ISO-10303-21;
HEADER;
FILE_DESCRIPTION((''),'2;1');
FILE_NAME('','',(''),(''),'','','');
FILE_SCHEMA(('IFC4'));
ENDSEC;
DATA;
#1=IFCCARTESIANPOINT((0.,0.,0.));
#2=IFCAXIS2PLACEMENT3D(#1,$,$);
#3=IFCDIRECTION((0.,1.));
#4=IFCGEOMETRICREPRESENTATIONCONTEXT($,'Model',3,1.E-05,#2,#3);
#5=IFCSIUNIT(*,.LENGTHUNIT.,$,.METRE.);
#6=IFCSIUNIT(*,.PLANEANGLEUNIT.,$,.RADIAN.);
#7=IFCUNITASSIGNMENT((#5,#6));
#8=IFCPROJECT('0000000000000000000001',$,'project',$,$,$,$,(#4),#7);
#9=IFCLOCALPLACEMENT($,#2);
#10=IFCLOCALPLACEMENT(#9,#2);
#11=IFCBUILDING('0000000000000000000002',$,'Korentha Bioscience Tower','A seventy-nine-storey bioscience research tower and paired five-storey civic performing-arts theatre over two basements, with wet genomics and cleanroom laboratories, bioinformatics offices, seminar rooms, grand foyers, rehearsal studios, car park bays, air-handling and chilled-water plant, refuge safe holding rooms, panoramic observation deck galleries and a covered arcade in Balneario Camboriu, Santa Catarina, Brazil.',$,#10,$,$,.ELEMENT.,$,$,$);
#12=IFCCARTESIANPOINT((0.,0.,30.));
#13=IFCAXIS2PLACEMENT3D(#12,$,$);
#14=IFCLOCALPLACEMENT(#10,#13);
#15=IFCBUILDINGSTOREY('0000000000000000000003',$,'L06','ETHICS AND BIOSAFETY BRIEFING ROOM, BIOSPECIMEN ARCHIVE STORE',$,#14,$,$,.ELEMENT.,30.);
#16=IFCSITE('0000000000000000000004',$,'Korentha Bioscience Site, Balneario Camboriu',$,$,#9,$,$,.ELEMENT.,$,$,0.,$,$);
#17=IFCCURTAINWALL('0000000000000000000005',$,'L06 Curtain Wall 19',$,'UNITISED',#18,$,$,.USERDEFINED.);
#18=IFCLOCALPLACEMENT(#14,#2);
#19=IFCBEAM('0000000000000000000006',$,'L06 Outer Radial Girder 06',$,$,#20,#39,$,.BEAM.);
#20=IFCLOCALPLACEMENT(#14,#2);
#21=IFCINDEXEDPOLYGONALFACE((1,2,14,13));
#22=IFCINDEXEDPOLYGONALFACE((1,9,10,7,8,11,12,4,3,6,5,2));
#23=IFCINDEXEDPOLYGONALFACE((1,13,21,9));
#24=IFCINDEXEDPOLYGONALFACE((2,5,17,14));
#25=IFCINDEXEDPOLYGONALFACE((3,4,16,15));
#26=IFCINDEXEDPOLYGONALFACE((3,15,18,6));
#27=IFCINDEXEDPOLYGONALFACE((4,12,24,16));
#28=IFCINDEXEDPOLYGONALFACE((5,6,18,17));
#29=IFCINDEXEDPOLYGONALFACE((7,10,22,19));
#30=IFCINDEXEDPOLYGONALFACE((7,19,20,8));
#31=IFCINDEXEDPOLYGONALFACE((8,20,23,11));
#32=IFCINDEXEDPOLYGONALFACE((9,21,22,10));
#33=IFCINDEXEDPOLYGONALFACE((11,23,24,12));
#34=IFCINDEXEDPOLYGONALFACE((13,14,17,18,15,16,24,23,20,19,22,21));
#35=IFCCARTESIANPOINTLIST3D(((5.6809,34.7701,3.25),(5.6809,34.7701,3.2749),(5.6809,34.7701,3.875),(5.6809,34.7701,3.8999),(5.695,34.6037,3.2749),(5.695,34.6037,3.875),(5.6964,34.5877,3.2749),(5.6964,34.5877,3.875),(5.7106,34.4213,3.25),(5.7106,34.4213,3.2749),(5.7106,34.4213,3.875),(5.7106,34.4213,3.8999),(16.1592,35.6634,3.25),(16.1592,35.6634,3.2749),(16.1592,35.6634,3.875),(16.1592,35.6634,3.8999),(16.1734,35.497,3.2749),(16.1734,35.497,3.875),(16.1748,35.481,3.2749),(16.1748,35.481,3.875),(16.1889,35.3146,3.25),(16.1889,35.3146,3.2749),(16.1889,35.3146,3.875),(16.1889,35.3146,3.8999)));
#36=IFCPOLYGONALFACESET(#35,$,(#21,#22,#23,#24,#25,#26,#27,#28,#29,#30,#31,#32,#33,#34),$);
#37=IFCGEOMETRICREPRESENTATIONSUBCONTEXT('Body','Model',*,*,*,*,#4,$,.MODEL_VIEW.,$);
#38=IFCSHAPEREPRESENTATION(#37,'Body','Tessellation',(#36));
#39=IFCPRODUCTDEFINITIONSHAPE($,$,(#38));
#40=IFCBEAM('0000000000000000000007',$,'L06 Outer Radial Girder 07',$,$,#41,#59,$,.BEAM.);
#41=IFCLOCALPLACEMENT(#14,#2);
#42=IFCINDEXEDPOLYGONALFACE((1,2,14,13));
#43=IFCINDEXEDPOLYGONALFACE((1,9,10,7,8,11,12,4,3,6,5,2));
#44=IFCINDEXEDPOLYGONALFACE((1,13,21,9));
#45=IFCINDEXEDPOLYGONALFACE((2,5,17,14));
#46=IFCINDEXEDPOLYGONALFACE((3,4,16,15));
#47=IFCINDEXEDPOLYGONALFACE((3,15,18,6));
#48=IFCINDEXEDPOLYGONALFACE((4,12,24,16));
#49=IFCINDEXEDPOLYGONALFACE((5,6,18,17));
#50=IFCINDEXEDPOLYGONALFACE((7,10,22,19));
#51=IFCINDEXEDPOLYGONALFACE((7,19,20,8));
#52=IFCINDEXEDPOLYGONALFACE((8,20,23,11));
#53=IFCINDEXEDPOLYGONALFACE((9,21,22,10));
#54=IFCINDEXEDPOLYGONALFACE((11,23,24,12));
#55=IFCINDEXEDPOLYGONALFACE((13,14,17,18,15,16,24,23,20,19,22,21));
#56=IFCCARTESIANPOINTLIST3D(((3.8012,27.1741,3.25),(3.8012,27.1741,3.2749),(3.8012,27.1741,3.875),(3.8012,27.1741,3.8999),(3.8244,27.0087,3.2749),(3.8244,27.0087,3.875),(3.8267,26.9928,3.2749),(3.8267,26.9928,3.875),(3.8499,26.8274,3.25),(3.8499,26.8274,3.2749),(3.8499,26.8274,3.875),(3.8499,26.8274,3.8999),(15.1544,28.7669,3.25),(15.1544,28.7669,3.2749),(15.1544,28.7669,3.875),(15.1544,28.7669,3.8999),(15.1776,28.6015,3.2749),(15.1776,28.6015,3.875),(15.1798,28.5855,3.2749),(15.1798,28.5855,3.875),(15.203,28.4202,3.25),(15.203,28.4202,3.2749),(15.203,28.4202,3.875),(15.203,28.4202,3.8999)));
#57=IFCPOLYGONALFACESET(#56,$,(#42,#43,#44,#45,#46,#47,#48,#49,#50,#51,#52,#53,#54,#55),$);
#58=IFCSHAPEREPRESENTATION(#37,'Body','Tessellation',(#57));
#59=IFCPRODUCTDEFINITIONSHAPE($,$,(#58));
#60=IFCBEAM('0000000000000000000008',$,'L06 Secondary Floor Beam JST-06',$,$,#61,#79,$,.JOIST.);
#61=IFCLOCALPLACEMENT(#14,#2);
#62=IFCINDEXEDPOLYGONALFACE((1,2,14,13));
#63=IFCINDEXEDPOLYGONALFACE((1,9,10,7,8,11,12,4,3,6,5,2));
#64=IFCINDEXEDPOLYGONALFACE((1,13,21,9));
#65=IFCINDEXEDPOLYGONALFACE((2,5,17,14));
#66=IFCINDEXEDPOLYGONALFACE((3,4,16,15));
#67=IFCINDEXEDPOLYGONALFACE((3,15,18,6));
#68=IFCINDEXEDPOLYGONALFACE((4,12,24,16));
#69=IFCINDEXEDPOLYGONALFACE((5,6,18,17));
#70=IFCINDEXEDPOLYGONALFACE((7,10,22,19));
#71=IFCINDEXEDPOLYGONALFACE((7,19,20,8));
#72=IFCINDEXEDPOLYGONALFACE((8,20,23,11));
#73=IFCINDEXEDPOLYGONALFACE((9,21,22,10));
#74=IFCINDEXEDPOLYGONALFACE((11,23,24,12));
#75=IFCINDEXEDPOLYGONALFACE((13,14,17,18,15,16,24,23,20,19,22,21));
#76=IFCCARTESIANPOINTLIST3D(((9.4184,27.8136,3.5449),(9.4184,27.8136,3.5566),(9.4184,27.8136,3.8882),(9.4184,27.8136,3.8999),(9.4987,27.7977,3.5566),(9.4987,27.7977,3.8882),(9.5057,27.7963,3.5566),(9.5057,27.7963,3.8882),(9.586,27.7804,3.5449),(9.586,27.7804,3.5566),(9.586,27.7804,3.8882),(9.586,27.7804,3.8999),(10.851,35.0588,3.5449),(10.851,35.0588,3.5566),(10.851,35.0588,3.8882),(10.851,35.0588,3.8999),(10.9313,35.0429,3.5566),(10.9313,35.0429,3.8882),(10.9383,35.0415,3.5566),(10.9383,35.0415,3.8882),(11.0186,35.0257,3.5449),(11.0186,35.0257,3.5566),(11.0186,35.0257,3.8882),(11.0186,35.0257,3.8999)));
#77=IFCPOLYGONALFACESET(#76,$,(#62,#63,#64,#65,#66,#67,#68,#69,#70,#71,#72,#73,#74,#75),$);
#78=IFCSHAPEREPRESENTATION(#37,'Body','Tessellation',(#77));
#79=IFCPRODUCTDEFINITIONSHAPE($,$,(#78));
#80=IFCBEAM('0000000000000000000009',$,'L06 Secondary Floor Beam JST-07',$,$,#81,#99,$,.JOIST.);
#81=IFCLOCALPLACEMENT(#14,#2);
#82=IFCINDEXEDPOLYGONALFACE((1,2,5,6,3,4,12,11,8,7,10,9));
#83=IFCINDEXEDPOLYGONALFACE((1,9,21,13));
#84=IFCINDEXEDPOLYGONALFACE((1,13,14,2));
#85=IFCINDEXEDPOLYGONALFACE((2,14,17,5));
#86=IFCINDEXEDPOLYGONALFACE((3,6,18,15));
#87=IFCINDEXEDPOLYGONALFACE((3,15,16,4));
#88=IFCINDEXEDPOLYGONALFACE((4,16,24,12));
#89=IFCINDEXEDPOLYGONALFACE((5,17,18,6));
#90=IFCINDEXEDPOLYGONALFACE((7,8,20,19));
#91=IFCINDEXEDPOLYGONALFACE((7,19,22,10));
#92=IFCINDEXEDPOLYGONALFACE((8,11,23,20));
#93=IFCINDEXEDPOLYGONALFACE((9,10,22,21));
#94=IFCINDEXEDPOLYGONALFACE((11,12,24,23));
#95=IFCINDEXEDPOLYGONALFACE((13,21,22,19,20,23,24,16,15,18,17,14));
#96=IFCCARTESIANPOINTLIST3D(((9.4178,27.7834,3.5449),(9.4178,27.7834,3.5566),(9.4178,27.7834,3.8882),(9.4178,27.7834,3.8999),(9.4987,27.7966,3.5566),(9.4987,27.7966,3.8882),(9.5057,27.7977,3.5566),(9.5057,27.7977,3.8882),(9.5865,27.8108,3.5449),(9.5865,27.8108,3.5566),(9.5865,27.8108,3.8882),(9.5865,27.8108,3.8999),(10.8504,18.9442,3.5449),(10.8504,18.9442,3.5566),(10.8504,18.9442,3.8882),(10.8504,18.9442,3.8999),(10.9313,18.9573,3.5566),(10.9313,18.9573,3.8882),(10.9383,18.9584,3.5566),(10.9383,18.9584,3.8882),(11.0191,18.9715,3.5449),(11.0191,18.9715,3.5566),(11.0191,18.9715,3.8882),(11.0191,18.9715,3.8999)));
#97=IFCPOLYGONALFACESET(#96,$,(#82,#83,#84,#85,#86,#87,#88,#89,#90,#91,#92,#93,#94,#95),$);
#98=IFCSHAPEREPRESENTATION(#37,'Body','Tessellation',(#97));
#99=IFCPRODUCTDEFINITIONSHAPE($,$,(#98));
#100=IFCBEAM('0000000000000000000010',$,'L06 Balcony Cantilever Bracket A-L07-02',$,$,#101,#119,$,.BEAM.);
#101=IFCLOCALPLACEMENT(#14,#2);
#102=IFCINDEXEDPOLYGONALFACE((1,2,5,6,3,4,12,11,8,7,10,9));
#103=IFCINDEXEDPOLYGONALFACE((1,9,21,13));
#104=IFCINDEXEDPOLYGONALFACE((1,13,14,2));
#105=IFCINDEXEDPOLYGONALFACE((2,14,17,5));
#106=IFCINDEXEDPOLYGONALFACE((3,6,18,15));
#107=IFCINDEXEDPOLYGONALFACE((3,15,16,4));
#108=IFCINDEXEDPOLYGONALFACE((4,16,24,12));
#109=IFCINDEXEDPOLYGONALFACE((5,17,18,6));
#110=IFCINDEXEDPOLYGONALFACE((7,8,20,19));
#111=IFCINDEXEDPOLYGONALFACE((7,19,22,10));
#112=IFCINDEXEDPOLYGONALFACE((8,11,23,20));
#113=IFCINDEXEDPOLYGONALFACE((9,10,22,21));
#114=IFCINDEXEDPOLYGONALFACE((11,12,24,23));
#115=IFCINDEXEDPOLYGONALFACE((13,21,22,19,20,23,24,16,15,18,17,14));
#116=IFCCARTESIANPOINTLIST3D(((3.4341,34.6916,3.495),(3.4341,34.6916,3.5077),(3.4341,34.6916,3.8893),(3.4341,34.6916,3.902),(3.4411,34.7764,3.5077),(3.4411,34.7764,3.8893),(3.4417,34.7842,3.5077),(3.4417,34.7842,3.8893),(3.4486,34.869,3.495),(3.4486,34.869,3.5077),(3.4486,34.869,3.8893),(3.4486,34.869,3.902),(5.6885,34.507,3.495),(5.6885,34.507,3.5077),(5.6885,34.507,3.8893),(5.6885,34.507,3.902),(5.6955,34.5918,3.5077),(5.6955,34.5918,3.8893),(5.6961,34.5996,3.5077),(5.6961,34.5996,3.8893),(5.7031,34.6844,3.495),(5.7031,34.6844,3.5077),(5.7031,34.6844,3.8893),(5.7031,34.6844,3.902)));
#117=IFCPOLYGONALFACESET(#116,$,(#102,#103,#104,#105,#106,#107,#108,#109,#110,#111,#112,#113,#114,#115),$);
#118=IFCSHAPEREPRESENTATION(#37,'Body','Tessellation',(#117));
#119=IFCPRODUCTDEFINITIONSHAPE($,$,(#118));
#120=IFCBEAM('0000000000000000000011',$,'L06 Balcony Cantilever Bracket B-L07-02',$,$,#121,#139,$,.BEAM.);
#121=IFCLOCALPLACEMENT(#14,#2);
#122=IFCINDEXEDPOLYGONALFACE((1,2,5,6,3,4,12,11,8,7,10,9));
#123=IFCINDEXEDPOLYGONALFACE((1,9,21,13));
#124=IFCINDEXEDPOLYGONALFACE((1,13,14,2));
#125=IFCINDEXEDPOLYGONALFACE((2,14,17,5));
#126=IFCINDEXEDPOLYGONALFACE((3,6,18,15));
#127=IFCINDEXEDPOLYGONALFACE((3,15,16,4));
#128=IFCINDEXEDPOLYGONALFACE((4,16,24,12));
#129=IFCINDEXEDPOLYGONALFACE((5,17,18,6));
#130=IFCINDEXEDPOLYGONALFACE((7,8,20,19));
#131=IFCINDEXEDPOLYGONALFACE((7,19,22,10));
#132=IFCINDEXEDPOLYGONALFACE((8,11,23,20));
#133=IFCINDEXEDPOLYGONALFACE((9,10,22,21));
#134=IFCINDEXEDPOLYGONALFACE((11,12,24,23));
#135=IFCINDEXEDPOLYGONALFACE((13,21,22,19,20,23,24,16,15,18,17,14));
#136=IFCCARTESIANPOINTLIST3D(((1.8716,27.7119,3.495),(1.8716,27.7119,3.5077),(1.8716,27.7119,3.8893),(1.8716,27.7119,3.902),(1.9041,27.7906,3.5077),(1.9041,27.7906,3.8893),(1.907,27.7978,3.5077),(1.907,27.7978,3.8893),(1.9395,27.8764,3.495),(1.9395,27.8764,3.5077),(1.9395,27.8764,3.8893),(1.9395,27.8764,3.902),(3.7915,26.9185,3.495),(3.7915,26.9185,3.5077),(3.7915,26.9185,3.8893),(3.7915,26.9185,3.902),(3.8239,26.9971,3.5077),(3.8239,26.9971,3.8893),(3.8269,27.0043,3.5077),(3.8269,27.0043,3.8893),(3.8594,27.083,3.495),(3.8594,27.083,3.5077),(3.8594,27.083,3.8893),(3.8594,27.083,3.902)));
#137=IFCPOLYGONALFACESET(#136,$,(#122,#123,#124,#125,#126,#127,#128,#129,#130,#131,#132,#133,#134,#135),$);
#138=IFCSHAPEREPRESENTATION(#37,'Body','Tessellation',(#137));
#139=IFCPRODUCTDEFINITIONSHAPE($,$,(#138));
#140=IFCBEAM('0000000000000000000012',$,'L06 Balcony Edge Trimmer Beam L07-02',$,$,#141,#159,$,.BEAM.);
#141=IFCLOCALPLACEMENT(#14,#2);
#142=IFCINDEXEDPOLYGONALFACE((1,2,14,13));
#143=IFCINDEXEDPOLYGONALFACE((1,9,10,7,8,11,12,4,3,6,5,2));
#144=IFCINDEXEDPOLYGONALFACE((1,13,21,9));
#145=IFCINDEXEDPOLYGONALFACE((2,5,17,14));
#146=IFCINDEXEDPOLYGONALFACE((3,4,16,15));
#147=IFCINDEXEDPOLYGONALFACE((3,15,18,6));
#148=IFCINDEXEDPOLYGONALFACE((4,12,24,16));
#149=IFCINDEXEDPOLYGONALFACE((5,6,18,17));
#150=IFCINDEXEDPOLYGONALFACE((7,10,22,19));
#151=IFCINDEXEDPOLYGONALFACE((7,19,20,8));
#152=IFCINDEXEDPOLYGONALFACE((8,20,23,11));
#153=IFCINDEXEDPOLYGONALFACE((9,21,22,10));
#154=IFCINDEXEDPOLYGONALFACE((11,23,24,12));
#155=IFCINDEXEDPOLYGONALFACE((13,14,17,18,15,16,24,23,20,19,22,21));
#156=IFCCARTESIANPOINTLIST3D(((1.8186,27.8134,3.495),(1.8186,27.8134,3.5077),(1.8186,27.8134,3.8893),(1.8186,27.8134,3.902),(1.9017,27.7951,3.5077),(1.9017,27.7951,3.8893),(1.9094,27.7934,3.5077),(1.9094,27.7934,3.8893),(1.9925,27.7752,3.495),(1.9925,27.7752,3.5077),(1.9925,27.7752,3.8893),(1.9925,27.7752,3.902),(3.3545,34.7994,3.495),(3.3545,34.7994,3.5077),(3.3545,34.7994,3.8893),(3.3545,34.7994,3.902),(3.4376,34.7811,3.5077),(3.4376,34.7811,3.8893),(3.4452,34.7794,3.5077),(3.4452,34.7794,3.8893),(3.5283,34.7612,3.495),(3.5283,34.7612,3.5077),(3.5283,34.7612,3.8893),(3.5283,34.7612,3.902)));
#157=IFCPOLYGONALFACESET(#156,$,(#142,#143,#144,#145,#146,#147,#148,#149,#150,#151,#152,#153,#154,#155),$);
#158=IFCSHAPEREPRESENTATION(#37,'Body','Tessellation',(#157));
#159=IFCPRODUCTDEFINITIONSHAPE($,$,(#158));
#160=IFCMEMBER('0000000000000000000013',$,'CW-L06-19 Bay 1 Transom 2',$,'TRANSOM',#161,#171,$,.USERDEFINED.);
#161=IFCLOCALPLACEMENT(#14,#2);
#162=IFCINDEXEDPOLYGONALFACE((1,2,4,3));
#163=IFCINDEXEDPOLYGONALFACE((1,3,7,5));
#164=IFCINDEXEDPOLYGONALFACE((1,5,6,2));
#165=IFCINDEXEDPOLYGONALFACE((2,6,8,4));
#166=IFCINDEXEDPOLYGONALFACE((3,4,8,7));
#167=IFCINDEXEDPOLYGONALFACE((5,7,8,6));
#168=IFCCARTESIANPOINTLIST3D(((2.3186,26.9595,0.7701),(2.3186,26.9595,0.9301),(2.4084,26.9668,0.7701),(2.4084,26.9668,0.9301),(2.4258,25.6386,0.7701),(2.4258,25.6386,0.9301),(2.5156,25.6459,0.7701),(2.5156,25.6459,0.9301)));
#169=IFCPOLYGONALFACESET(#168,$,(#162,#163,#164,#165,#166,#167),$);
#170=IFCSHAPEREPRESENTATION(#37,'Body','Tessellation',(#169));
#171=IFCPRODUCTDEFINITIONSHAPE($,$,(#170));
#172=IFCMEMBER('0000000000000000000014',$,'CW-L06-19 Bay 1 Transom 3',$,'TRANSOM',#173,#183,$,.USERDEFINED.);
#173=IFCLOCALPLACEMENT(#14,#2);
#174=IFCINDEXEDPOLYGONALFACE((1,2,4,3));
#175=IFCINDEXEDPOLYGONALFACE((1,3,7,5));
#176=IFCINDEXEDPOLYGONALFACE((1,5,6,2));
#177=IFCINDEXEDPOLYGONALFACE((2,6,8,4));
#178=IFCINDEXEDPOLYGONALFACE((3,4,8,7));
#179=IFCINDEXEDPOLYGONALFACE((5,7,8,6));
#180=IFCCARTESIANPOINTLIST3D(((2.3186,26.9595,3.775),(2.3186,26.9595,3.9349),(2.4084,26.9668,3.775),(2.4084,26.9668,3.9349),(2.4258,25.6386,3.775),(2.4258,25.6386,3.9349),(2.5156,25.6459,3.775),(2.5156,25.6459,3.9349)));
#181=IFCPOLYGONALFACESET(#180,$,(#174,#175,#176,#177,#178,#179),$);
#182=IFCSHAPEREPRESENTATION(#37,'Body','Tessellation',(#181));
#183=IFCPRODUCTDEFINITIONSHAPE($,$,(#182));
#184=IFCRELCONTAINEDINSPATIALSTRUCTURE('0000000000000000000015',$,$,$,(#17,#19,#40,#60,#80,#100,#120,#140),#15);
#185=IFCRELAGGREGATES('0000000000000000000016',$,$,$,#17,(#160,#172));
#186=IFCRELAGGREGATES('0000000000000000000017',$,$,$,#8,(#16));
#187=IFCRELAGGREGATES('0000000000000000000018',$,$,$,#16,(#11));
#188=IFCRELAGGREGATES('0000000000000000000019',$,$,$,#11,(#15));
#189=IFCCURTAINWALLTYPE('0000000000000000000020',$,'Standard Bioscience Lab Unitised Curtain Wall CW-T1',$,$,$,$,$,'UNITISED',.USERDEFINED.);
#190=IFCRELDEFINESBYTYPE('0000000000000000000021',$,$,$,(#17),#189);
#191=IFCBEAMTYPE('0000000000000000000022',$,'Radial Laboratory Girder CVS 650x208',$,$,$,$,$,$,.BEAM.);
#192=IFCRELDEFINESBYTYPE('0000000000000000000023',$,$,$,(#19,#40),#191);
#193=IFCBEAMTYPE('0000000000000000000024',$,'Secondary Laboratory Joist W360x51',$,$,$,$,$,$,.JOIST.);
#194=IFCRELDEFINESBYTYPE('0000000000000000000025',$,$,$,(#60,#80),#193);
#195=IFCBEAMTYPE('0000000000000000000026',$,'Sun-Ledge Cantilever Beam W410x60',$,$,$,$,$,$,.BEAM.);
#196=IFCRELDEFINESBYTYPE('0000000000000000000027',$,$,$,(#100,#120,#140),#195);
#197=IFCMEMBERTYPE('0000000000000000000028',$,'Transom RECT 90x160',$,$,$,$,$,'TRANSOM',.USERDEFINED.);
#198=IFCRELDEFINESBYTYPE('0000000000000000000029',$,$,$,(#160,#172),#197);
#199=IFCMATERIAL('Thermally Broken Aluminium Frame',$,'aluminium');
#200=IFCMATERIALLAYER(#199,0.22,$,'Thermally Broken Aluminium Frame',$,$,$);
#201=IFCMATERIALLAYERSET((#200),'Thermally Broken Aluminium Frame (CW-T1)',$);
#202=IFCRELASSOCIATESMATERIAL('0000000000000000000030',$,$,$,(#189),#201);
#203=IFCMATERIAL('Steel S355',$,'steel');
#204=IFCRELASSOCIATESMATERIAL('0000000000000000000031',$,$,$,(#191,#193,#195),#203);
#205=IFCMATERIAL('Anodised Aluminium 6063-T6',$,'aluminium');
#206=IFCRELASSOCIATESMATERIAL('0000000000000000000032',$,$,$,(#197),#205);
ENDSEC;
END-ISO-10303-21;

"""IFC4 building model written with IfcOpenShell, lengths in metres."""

from ifc_helpers import new_model, si_unit, direction, frame, origin, origin_2d, place, context, subcontext, project, spatial, rectangle, i_section, extrude, material, layer, layer_set, material_profile, profile_set, type_object, element, aggregate, save


model = new_model("IFC4")

# Units and contexts
model_context = context("Model", 3, precision=1e-05, world=origin(), true_north=direction((0.0, 1.0)))
body_context = subcontext(model_context, "Body", "Model", "MODEL_VIEW")
ifc_project = project(units=[si_unit("LENGTHUNIT", "METRE"), si_unit("PLANEANGLEUNIT", "RADIAN")], contexts=[model_context])

# Site, building, storey
site_placement = place(None, origin())
site = spatial("IfcSite", under=ifc_project, at=site_placement, Name="Korentha Bioscience Site, Balneario Camboriu", CompositionType="ELEMENT", RefElevation=0.0)
building_placement = place(site_placement, origin())
building = spatial("IfcBuilding", under=site, at=building_placement, Name="Korentha Bioscience Tower", Description="A seventy-nine-storey bioscience research tower and paired five-storey civic performing-arts theatre over two basements, with wet genomics and cleanroom laboratories, bioinformatics offices, seminar rooms, grand foyers, rehearsal studios, car park bays, air-handling and chilled-water plant, refuge safe holding rooms, panoramic observation deck galleries and a covered arcade in Balneario Camboriu, Santa Catarina, Brazil.", CompositionType="ELEMENT")
storey_placement = place(building_placement, frame((0.0, 0.0, 30.0)))
storey = spatial("IfcBuildingStorey", under=building, at=storey_placement, Name="L06", Description="ETHICS AND BIOSAFETY BRIEFING ROOM, BIOSPECIMEN ARCHIVE STORE", CompositionType="ELEMENT", Elevation=30.0)

# Shared definitions
ifc_material_1 = material(Name="Steel S355", Category="steel")

# Curtain wall
ifc_material_2 = material(Name="Thermally Broken Aluminium Frame", Category="aluminium")
ifc_layer_1 = layer(ifc_material_2, 0.22, Name="Thermally Broken Aluminium Frame")
ifc_layer_set_1 = layer_set([ifc_layer_1], Name="Thermally Broken Aluminium Frame (CW-T1)")
curtain_wall_type = type_object("IfcCurtainWallType", Name="Standard Bioscience Lab Unitised Curtain Wall CW-T1", ElementType="UNITISED", PredefinedType="USERDEFINED", material=ifc_layer_set_1)
curtain_wall_placement = place(storey_placement, origin())
curtain_wall = element("IfcCurtainWall", 1, at=curtain_wall_placement, inside=storey, type_object=curtain_wall_type, Name="L06 Curtain Wall 19", ObjectType="UNITISED", PredefinedType="USERDEFINED")
ifc_material_3 = material(Name="Anodised Aluminium 6063-T6", Category="aluminium")

# Beams
ifc_material_profile_1 = material_profile(ifc_material_1, i_section(OverallWidth=0.3501, OverallDepth=0.6499, WebThickness=0.0161, FlangeThickness=0.0249, at=origin_2d()), Name="Steel S355")
ifc_profile_set_1 = profile_set([ifc_material_profile_1], Name="Steel S355 (RB-650)")
beam_type_1 = type_object("IfcBeamType", Name="Radial Laboratory Girder CVS 650x208", PredefinedType="BEAM", material=ifc_profile_set_1)
beam_1_placement = place(storey_placement, frame((16.1741, 35.489, 3.575), z_axis=(-0.996386, -0.084945, 0.0), x_axis=(0.084945, -0.996386, 0.0)))
element("IfcBeam", 2, at=beam_1_placement, inside=storey, type_object=beam_type_1, Name="L06 Outer Radial Girder 06", PredefinedType="BEAM", context=body_context, shape_type="SweptSolid", body=[
    extrude(i_section(OverallWidth=0.3501, OverallDepth=0.6499, WebThickness=0.0161, FlangeThickness=0.0249, at=origin_2d()), origin(), (0.0, 0.0, 1.0), 10.5164),
])
beam_2_placement = place(storey_placement, frame((15.1787, 28.5935, 3.575), z_axis=(-0.990302, -0.138931, 0.0), x_axis=(0.138931, -0.990302, 0.0)))
element("IfcBeam", 3, at=beam_2_placement, inside=storey, type_object=beam_type_1, Name="L06 Outer Radial Girder 07", PredefinedType="BEAM", context=body_context, shape_type="SweptSolid", body=[
    extrude(i_section(OverallWidth=0.3501, OverallDepth=0.6499, WebThickness=0.0161, FlangeThickness=0.0249, at=origin_2d()), origin(), (0.0, 0.0, 1.0), 11.4644),
])
ifc_material_profile_2 = material_profile(ifc_material_1, i_section(OverallWidth=0.1709, OverallDepth=0.355, WebThickness=0.0071, FlangeThickness=0.0117, at=origin_2d()), Name="Steel S355")
ifc_profile_set_2 = profile_set([ifc_material_profile_2], Name="Steel S355 (JB-360)")
beam_type_2 = type_object("IfcBeamType", Name="Secondary Laboratory Joist W360x51", PredefinedType="JOIST", material=ifc_profile_set_2)
beam_3_placement = place(storey_placement, frame((10.9348, 35.0422, 3.7224), z_axis=(-0.19398, -0.981006, 0.0), x_axis=(0.981006, -0.19398, 0.0)))
element("IfcBeam", 4, at=beam_3_placement, inside=storey, type_object=beam_type_2, Name="L06 Secondary Floor Beam JST-06", PredefinedType="JOIST", context=body_context, shape_type="SweptSolid", body=[
    extrude(i_section(OverallWidth=0.1709, OverallDepth=0.355, WebThickness=0.0071, FlangeThickness=0.0117, at=origin_2d()), origin(), (0.0, 0.0, 1.0), 7.3855),
])
beam_4_placement = place(storey_placement, frame((9.5022, 27.7971, 3.7224), z_axis=(0.159985, -0.987119, 0.0), x_axis=(0.987119, 0.159985, 0.0)))
element("IfcBeam", 5, at=beam_4_placement, inside=storey, type_object=beam_type_2, Name="L06 Secondary Floor Beam JST-07", PredefinedType="JOIST", context=body_context, shape_type="SweptSolid", body=[
    extrude(i_section(OverallWidth=0.1709, OverallDepth=0.355, WebThickness=0.0071, FlangeThickness=0.0117, at=origin_2d()), origin(), (0.0, 0.0, 1.0), 8.9546),
])
ifc_material_profile_3 = material_profile(ifc_material_1, i_section(OverallWidth=0.178, OverallDepth=0.407, WebThickness=0.0078, FlangeThickness=0.0127, at=origin_2d()), Name="Steel S355")
ifc_profile_set_3 = profile_set([ifc_material_profile_3], Name="Steel S355 (CB-410)")
beam_type_3 = type_object("IfcBeamType", Name="Sun-Ledge Cantilever Beam W410x60", PredefinedType="BEAM", material=ifc_profile_set_3)
beam_5_placement = place(storey_placement, frame((5.6958, 34.5957, 3.6985), z_axis=(-0.996665, 0.081598, 0.0), x_axis=(-0.081598, -0.996665, 0.0)))
element("IfcBeam", 6, at=beam_5_placement, inside=storey, type_object=beam_type_3, Name="L06 Balcony Cantilever Bracket A-L07-02", PredefinedType="BEAM", context=body_context, shape_type="SweptSolid", body=[
    extrude(i_section(OverallWidth=0.178, OverallDepth=0.407, WebThickness=0.0078, FlangeThickness=0.0127, at=origin_2d()), origin(), (0.0, 0.0, 1.0), 2.262),
])
beam_6_placement = place(storey_placement, frame((3.8254, 27.0007, 3.6985), z_axis=(-0.924186, 0.381943, 0.0), x_axis=(-0.381943, -0.924186, 0.0)))
element("IfcBeam", 7, at=beam_6_placement, inside=storey, type_object=beam_type_3, Name="L06 Balcony Cantilever Bracket B-L07-02", PredefinedType="BEAM", context=body_context, shape_type="SweptSolid", body=[
    extrude(i_section(OverallWidth=0.178, OverallDepth=0.407, WebThickness=0.0078, FlangeThickness=0.0127, at=origin_2d()), origin(), (0.0, 0.0, 1.0), 2.0774),
])
beam_7_placement = place(storey_placement, frame((3.4414, 34.7803, 3.6985), z_axis=(-0.214722, -0.976675, 0.0), x_axis=(0.976675, -0.214722, 0.0)))
element("IfcBeam", 8, at=beam_7_placement, inside=storey, type_object=beam_type_3, Name="L06 Balcony Edge Trimmer Beam L07-02", PredefinedType="BEAM", context=body_context, shape_type="SweptSolid", body=[
    extrude(i_section(OverallWidth=0.178, OverallDepth=0.407, WebThickness=0.0078, FlangeThickness=0.0127, at=origin_2d()), origin(), (0.0, 0.0, 1.0), 7.1528),
])

# Members
ifc_material_profile_4 = material_profile(ifc_material_3, rectangle(XDim=0.0901, YDim=0.1599, at=origin_2d()), Name="Anodised Aluminium 6063-T6")
ifc_profile_set_4 = profile_set([ifc_material_profile_4], Name="Anodised Aluminium 6063-T6 (CW-TRN)")
member_type_1 = type_object("IfcMemberType", Name="Transom RECT 90x160", ElementType="TRANSOM", PredefinedType="USERDEFINED", material=ifc_profile_set_4)
member_1_placement = place(storey_placement, frame((2.3635, 26.9631, 0.8501), z_axis=(0.08088, -0.996724, 0.0), x_axis=(0.996724, 0.08088, 0.0)))
member_1 = element("IfcMember", 9, at=member_1_placement, type_object=member_type_1, Name="CW-L06-19 Bay 1 Transom 2", ObjectType="TRANSOM", PredefinedType="USERDEFINED", context=body_context, shape_type="SweptSolid", body=[
    extrude(rectangle(XDim=0.0901, YDim=0.1599, at=origin_2d()), origin(), (0.0, 0.0, 1.0), 1.3252),
])
member_2_placement = place(storey_placement, frame((2.3635, 26.9631, 3.855), z_axis=(0.08088, -0.996724, 0.0), x_axis=(0.996724, 0.08088, 0.0)))
member_2 = element("IfcMember", 10, at=member_2_placement, type_object=member_type_1, Name="CW-L06-19 Bay 1 Transom 3", ObjectType="TRANSOM", PredefinedType="USERDEFINED", context=body_context, shape_type="SweptSolid", body=[
    extrude(rectangle(XDim=0.0901, YDim=0.1599, at=origin_2d()), origin(), (0.0, 0.0, 1.0), 1.3252),
])
aggregate(curtain_wall, [member_1, member_2])

save(model, "model.ifc")
